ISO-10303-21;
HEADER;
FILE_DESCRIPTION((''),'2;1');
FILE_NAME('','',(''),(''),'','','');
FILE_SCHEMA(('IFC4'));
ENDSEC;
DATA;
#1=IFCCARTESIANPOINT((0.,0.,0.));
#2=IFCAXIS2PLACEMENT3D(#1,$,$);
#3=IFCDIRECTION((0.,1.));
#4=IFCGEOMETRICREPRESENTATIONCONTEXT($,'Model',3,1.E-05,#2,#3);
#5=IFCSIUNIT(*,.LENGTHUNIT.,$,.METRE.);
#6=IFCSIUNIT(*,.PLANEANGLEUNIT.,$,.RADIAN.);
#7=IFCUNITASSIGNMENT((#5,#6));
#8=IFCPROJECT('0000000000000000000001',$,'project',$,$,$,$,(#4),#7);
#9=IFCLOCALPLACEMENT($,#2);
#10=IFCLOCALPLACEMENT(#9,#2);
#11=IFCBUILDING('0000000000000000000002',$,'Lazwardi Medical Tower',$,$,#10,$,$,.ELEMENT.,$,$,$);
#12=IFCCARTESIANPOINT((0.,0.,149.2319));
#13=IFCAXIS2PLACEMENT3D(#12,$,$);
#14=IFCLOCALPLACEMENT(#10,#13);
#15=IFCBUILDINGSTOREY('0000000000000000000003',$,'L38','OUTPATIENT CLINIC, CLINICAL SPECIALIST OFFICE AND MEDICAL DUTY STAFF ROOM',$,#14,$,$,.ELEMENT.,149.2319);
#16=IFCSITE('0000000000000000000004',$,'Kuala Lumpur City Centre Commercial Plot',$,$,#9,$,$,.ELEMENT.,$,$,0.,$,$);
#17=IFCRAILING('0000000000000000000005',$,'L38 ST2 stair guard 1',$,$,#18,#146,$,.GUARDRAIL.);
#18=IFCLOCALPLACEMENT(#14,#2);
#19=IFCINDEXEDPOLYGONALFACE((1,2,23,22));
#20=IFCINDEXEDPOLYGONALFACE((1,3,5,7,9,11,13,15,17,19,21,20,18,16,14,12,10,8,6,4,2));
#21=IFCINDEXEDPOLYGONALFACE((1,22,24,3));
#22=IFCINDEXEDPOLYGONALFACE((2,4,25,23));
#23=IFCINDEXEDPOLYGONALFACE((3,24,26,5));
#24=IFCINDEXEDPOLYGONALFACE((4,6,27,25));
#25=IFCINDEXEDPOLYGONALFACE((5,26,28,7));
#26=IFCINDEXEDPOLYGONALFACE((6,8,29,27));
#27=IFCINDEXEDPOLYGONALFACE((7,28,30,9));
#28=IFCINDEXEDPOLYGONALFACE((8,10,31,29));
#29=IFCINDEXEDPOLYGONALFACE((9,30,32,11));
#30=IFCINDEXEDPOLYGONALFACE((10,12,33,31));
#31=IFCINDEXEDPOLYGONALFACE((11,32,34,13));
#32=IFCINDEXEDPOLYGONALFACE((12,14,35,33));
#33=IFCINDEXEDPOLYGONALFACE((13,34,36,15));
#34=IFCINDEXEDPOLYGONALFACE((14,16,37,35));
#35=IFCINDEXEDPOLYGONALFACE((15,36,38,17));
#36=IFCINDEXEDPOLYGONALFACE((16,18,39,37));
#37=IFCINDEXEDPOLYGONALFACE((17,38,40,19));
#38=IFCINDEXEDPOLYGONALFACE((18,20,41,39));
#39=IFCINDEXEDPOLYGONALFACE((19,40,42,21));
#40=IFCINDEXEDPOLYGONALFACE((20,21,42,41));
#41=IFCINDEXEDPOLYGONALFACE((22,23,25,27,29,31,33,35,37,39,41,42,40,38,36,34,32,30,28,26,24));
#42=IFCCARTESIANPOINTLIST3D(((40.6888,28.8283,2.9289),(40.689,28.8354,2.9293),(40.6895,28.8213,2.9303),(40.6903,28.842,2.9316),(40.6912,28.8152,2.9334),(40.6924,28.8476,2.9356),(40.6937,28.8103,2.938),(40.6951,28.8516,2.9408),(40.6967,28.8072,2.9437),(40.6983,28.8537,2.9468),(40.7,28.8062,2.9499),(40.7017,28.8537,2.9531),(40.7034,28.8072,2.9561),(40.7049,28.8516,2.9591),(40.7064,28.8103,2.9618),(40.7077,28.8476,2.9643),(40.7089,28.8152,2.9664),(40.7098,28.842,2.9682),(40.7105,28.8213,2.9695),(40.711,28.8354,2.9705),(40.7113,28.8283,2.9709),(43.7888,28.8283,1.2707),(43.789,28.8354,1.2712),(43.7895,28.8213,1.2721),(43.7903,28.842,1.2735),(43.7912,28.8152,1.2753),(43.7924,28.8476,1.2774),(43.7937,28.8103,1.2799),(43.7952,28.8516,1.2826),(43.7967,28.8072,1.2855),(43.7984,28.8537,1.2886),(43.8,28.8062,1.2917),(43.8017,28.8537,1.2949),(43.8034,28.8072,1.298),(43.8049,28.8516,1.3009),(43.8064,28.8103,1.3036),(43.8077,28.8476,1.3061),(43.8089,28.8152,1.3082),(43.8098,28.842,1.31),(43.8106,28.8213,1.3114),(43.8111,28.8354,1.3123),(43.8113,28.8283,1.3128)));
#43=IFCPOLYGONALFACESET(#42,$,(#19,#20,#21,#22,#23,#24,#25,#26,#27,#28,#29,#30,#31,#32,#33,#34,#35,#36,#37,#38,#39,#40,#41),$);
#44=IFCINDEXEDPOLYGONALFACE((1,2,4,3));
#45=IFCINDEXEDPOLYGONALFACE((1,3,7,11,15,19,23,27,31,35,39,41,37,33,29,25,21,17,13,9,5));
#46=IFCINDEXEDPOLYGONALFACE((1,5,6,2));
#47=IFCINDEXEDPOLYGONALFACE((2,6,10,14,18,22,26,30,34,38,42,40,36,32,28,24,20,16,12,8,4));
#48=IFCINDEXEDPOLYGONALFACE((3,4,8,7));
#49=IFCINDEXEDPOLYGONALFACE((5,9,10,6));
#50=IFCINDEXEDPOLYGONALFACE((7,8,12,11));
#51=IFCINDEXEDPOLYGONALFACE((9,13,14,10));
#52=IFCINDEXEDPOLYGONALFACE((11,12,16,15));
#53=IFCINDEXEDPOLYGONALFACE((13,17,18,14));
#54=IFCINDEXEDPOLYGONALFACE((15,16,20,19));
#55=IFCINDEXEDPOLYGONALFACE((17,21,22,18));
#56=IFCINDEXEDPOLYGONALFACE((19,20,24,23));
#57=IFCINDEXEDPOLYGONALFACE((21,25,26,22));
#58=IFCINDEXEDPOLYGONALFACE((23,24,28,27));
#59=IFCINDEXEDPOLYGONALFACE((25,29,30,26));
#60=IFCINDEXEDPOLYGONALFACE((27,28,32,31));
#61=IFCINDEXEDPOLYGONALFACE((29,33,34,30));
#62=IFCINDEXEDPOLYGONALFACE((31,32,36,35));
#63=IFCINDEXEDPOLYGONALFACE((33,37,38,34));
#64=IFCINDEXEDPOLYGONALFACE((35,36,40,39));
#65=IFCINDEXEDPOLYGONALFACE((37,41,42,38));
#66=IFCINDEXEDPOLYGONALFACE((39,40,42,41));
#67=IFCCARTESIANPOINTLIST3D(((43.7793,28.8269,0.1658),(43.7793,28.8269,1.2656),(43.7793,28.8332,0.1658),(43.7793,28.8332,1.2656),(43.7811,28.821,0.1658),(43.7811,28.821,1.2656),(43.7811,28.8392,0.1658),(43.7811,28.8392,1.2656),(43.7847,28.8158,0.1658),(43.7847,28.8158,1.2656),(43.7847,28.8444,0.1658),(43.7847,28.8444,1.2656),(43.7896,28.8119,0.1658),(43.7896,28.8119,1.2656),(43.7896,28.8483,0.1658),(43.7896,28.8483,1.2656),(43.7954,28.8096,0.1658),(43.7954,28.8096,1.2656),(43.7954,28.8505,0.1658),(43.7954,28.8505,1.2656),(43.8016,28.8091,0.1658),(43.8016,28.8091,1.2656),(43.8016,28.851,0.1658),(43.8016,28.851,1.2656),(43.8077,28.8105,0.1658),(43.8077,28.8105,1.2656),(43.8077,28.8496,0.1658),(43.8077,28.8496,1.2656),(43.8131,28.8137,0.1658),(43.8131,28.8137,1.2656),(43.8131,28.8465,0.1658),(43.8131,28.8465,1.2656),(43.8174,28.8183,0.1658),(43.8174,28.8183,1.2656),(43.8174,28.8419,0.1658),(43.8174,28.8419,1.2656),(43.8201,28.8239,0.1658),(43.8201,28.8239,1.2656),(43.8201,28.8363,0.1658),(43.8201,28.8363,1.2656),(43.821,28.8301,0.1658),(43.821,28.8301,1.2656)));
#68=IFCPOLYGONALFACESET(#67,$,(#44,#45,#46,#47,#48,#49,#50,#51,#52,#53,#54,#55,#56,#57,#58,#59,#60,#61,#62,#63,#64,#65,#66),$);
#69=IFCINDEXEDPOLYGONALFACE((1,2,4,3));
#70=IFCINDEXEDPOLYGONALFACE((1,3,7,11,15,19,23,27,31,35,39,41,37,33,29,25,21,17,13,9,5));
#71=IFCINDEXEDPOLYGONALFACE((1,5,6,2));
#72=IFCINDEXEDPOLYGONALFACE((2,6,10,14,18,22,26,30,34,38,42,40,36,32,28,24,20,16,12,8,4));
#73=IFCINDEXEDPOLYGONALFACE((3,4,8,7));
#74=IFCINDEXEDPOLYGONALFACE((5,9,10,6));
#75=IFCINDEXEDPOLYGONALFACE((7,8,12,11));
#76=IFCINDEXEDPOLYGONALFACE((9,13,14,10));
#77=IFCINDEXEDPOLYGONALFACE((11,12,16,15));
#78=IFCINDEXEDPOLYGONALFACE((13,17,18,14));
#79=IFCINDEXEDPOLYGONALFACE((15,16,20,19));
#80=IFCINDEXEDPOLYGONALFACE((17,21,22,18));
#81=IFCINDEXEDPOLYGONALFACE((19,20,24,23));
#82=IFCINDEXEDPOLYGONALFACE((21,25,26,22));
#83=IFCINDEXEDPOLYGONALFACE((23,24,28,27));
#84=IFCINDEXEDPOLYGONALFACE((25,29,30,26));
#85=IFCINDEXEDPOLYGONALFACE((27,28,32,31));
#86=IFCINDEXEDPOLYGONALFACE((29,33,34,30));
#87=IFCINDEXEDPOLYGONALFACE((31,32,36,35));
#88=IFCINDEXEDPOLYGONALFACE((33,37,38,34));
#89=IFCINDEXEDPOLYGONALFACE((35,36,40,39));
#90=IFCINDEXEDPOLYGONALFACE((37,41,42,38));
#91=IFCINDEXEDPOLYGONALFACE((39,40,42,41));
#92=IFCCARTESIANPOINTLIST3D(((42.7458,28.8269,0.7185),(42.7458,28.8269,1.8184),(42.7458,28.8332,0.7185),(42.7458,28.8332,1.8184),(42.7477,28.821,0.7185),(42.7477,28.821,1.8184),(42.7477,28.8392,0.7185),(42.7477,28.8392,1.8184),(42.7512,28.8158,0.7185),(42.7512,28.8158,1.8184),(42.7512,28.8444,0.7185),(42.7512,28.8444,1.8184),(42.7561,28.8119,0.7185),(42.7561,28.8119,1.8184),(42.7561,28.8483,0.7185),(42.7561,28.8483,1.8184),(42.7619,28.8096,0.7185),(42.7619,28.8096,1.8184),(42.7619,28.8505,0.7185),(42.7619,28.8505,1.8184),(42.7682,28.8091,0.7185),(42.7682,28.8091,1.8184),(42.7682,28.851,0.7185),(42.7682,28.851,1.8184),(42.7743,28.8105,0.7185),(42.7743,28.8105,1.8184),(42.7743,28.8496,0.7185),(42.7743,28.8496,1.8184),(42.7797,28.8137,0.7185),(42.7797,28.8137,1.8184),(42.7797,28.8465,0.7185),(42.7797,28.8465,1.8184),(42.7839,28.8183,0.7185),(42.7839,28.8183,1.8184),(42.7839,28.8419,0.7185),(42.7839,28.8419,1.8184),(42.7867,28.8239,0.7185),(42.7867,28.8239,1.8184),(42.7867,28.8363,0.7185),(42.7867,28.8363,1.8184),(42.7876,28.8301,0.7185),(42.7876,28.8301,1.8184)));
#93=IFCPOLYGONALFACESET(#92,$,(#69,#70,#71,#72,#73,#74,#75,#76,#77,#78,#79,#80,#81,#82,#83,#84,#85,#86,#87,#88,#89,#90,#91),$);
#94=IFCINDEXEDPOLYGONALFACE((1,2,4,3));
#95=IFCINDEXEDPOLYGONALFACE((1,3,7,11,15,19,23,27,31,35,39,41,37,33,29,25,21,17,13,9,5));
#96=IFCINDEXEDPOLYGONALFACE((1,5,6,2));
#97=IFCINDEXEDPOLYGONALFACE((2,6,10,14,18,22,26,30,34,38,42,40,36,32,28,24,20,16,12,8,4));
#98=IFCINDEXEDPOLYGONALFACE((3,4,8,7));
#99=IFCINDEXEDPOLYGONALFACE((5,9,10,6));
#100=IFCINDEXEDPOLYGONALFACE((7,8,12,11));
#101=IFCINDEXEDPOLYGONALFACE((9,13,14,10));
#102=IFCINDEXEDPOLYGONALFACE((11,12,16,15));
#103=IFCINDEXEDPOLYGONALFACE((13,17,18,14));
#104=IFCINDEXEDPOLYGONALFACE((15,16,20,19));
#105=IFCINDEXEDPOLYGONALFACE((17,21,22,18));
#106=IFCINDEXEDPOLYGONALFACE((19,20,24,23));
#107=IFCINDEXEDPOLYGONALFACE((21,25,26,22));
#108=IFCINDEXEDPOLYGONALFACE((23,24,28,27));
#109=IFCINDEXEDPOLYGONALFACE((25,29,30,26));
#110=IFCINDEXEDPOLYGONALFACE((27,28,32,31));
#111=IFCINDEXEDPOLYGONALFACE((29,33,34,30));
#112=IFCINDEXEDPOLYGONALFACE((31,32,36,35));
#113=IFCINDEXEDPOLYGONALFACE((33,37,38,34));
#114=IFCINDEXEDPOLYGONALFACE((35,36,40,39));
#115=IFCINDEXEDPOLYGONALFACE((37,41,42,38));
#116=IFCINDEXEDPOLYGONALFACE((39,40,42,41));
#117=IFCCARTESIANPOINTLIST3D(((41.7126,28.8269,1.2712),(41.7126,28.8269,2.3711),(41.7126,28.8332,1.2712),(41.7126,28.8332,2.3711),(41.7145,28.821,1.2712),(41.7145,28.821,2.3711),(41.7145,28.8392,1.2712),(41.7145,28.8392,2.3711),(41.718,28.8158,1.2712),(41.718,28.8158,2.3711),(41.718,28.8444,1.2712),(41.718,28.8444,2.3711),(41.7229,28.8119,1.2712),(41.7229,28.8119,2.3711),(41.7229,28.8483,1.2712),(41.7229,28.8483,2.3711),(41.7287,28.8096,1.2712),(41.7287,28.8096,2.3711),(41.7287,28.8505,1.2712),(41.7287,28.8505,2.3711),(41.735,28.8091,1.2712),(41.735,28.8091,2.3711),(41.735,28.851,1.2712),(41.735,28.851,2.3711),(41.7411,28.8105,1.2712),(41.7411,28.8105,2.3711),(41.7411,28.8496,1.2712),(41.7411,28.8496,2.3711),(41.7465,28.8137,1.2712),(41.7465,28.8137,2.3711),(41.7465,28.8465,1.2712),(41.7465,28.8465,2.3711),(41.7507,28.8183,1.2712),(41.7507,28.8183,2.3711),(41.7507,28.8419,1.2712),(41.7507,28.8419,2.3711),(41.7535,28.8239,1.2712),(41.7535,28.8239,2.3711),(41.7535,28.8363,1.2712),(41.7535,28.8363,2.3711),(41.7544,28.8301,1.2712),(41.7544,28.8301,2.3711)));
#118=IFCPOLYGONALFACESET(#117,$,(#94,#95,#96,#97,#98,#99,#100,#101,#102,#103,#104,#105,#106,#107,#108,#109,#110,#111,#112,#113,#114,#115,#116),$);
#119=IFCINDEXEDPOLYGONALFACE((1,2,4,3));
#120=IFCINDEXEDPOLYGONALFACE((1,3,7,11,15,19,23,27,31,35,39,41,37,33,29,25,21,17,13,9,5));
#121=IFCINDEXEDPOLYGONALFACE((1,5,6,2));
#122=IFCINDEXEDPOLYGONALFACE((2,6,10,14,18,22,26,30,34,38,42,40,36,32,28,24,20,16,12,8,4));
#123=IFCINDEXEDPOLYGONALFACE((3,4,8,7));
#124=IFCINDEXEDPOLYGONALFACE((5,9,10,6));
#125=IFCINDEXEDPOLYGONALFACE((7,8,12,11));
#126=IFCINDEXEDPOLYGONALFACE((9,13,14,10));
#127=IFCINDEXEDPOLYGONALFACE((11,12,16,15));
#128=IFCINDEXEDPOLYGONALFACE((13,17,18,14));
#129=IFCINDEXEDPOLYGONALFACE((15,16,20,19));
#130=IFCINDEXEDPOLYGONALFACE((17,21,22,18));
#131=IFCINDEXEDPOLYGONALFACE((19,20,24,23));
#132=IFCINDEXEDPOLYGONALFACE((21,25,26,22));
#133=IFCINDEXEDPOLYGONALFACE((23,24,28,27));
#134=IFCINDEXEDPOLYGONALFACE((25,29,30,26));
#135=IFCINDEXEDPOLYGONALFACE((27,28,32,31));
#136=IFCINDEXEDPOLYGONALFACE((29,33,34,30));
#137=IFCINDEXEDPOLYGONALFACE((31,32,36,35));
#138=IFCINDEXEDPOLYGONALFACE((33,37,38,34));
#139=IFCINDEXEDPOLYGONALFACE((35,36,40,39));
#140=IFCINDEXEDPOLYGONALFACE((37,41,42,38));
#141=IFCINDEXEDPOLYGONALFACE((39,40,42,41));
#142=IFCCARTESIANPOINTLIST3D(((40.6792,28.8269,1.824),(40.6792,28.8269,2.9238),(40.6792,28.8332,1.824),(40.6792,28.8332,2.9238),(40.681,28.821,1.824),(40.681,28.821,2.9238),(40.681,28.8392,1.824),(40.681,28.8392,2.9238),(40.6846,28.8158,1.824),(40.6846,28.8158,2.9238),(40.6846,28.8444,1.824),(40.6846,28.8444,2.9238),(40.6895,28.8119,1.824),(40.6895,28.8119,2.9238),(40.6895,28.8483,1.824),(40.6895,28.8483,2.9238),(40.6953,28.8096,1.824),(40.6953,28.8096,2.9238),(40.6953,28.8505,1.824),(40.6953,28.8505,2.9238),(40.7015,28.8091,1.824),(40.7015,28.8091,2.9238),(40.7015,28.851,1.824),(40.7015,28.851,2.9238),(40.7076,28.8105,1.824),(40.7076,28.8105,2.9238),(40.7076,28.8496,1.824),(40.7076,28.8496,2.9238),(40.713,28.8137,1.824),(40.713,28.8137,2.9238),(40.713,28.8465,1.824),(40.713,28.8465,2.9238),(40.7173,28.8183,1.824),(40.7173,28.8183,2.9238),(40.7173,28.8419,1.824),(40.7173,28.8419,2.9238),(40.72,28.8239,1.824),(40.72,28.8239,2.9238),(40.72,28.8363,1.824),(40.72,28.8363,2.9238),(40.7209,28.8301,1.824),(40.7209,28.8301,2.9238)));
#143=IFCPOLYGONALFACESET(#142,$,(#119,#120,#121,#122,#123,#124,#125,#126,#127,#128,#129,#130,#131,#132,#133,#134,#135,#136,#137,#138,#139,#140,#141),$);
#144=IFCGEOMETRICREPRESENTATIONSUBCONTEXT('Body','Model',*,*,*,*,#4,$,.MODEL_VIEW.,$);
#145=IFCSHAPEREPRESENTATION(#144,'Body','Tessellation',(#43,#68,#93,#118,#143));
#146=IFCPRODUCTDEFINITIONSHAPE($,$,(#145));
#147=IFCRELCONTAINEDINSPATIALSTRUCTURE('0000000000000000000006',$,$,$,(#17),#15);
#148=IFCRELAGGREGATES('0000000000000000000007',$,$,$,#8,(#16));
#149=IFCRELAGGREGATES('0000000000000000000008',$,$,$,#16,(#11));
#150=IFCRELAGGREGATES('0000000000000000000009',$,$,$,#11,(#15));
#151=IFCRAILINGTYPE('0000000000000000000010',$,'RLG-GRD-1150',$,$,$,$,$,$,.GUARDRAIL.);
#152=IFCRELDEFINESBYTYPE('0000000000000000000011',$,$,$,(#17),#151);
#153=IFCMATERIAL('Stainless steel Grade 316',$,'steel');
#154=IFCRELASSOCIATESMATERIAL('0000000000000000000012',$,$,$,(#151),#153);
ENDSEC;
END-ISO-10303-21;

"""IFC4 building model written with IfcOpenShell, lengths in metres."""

from ifc_helpers import new_model, si_unit, direction, frame, origin, origin_2d, place, context, subcontext, project, spatial, circle, extrude, material, type_object, element, save


model = new_model("IFC4")

# Units and contexts
model_context = context("Model", 3, precision=1e-05, world=origin(), true_north=direction((0.0, 1.0)))
body_context = subcontext(model_context, "Body", "Model", "MODEL_VIEW")
ifc_project = project(units=[si_unit("LENGTHUNIT", "METRE"), si_unit("PLANEANGLEUNIT", "RADIAN")], contexts=[model_context])

# Site, building, storey
site_placement = place(None, origin())
site = spatial("IfcSite", under=ifc_project, at=site_placement, Name="Kuala Lumpur City Centre Commercial Plot", CompositionType="ELEMENT", RefElevation=0.0)
building_placement = place(site_placement, origin())
building = spatial("IfcBuilding", under=site, at=building_placement, Name="Lazwardi Medical Tower", CompositionType="ELEMENT")
storey_placement = place(building_placement, frame((0.0, 0.0, 149.2319)))
storey = spatial("IfcBuildingStorey", under=building, at=storey_placement, Name="L38", Description="OUTPATIENT CLINIC, CLINICAL SPECIALIST OFFICE AND MEDICAL DUTY STAFF ROOM", CompositionType="ELEMENT", Elevation=149.2319)

# Railing
ifc_material_1 = material(Name="Stainless steel Grade 316", Category="steel")
railing_type_1 = type_object("IfcRailingType", Name="RLG-GRD-1150", PredefinedType="GUARDRAIL", material=ifc_material_1)
railing_1_placement = place(storey_placement, frame((43.8, 28.8301, 0.1658)))
element("IfcRailing", 1, at=railing_1_placement, inside=storey, type_object=railing_type_1, Name="L38 ST2 stair guard 1", PredefinedType="GUARDRAIL", context=body_context, shape_type="SweptSolid", body=[
    extrude(circle(Radius=0.0239, at=origin_2d()), frame((0.0, 0.0, 1.126), z_axis=(-0.881783, 0.0, 0.471655), x_axis=(0.0, -1.0, 0.0)), (0.0, 0.0, 1.0), 3.5156),
    extrude(circle(Radius=0.021, at=origin_2d()), origin(), (0.0, 0.0, 1.0), 1.0999),
    extrude(circle(Radius=0.021, at=origin_2d()), frame((-1.0334, 0.0, 0.5527)), (0.0, 0.0, 1.0), 1.0999),
    extrude(circle(Radius=0.021, at=origin_2d()), frame((-2.0667, 0.0, 1.1055)), (0.0, 0.0, 1.0), 1.0999),
    extrude(circle(Radius=0.021, at=origin_2d()), frame((-3.1001, 0.0, 1.6582)), (0.0, 0.0, 1.0), 1.0999),
])

save(model, "model.ifc")
